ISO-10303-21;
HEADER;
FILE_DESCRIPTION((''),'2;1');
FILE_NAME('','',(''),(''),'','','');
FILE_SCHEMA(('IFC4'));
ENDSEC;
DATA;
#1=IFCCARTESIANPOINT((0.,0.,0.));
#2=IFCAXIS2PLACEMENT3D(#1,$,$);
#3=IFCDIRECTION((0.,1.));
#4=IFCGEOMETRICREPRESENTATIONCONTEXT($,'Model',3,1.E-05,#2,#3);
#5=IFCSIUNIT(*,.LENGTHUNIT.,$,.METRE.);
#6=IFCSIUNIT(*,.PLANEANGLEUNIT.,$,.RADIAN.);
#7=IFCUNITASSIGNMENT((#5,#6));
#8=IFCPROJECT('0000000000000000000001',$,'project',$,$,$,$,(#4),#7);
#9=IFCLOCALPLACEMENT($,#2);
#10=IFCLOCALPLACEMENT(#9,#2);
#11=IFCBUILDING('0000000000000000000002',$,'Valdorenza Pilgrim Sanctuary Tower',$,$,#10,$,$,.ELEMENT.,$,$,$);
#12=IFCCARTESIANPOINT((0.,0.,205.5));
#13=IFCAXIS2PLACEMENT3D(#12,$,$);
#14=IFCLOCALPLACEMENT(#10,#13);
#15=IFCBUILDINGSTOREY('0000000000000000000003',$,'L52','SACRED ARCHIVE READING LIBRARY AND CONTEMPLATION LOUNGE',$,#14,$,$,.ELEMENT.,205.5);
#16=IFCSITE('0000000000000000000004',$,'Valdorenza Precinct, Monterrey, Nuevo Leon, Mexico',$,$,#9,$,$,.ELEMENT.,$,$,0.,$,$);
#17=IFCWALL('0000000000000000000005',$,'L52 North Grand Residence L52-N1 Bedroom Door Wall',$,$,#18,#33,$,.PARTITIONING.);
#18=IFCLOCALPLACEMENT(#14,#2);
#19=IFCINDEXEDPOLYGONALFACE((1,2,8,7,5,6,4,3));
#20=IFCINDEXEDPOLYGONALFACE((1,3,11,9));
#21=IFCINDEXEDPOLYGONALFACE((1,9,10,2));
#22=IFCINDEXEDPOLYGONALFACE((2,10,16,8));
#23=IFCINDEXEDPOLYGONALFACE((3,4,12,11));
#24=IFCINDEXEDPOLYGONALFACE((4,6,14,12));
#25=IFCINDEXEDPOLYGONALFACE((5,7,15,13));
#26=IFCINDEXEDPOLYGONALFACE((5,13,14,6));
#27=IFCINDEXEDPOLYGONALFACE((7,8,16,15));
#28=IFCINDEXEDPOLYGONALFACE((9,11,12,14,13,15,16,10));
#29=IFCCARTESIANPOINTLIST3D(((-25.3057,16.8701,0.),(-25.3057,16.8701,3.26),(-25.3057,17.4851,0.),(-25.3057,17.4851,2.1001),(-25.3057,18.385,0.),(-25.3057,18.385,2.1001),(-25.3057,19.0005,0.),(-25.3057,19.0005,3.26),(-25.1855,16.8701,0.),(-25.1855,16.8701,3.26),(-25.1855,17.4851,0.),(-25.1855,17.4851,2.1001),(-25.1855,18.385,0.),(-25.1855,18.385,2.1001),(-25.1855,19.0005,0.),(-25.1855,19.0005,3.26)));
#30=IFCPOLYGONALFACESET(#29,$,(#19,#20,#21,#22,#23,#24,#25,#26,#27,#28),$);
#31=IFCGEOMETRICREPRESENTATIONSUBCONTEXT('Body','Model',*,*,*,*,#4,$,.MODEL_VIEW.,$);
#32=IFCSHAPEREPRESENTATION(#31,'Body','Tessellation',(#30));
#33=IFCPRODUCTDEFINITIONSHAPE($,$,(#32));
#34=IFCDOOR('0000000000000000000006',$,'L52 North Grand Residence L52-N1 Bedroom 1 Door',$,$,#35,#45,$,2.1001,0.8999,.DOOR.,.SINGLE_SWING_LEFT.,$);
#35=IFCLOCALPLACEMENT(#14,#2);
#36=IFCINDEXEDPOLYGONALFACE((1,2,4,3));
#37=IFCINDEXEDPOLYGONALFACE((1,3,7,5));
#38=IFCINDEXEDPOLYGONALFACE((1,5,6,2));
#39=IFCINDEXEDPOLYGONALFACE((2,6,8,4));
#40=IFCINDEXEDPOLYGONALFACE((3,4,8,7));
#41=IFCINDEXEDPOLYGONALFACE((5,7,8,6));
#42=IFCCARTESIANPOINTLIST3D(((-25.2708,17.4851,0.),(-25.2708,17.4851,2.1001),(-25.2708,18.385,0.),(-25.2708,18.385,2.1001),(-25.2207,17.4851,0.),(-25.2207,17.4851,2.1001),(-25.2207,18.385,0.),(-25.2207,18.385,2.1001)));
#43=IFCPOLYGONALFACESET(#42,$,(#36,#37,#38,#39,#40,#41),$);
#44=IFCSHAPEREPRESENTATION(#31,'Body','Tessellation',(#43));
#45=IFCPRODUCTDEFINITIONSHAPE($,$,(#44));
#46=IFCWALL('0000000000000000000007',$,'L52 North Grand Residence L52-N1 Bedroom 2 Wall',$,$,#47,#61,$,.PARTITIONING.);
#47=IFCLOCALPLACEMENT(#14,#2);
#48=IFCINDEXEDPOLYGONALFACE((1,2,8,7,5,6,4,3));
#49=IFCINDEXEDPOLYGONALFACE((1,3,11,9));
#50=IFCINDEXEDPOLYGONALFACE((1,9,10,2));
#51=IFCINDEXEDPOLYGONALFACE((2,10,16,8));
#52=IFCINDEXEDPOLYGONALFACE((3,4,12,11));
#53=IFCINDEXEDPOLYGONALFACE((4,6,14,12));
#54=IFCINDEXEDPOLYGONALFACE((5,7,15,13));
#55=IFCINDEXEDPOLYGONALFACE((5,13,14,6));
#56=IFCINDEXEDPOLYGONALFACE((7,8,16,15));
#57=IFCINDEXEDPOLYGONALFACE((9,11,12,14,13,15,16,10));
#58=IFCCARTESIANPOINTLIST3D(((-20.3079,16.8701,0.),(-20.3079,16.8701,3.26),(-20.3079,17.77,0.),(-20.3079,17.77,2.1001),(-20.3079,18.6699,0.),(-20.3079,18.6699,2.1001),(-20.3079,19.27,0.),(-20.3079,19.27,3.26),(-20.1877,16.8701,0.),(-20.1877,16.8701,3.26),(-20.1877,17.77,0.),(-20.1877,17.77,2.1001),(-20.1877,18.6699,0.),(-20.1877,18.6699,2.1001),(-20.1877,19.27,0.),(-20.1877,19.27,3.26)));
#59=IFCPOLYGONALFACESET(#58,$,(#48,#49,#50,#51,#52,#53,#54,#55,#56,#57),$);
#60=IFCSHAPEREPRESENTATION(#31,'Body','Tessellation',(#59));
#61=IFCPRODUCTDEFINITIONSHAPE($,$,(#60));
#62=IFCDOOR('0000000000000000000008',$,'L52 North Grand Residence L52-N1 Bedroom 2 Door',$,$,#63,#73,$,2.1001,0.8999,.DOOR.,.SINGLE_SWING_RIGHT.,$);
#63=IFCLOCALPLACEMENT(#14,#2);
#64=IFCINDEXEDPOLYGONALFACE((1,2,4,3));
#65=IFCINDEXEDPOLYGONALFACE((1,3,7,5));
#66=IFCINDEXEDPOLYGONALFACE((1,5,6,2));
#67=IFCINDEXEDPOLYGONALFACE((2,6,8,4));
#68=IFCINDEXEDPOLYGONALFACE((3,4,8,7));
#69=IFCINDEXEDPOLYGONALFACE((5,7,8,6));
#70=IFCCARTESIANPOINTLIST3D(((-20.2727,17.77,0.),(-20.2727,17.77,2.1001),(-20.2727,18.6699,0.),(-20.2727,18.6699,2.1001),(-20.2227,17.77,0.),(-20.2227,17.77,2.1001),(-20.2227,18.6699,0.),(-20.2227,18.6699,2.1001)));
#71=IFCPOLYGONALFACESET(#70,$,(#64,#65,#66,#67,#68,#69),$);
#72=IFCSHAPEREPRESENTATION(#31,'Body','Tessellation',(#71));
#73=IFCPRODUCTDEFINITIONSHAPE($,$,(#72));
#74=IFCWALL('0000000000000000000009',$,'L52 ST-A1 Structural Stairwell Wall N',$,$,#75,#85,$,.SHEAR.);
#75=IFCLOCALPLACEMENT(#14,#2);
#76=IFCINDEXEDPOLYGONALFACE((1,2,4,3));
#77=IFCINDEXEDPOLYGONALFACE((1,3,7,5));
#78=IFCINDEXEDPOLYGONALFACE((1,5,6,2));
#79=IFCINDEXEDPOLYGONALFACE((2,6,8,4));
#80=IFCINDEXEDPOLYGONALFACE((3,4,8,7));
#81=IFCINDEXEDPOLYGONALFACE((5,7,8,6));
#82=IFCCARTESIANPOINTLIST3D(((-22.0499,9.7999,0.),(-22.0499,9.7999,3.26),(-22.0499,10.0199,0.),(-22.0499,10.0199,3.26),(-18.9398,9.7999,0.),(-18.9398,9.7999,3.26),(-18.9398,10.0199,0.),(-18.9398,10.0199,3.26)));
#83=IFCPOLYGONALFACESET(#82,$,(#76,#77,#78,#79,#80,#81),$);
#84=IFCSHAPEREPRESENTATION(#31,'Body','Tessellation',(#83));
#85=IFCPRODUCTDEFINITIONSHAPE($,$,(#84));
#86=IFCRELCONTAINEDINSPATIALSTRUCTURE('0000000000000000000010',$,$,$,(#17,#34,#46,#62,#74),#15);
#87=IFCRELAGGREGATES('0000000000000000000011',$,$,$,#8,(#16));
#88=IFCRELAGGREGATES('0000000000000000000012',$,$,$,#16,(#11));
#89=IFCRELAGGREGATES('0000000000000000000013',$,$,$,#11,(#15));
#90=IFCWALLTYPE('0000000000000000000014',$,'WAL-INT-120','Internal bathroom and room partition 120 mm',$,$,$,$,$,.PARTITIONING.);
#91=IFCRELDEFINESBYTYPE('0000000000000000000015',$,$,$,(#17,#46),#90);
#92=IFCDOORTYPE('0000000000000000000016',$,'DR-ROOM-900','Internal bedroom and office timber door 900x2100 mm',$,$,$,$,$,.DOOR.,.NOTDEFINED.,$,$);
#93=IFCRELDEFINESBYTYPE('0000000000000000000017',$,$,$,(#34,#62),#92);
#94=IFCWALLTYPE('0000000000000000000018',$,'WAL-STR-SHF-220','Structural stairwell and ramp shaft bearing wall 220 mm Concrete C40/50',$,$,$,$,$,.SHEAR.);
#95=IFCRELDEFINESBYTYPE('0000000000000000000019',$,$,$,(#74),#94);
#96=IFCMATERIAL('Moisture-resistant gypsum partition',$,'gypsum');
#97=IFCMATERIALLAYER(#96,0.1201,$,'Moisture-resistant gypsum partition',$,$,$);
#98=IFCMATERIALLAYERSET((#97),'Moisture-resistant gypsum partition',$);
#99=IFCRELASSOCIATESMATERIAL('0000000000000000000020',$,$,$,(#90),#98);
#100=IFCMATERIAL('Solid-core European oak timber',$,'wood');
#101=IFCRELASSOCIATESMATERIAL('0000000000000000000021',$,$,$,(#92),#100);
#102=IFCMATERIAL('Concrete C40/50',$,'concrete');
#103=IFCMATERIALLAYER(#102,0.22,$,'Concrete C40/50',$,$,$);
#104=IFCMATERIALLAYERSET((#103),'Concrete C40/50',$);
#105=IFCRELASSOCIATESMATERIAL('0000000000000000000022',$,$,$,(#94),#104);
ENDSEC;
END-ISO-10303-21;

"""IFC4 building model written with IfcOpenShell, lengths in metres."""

from ifc_helpers import new_model, si_unit, direction, frame, frame_2d, origin, place, context, subcontext, project, spatial, rectangle, extrude, material, layer, layer_set, type_object, element, fill, save


model = new_model("IFC4")

# Units and contexts
model_context = context("Model", 3, precision=1e-05, world=origin(), true_north=direction((0.0, 1.0)))
body_context = subcontext(model_context, "Body", "Model", "MODEL_VIEW")
ifc_project = project(units=[si_unit("LENGTHUNIT", "METRE"), si_unit("PLANEANGLEUNIT", "RADIAN")], contexts=[model_context])

# Site, building, storey
site_placement = place(None, origin())
site = spatial("IfcSite", under=ifc_project, at=site_placement, Name="Valdorenza Precinct, Monterrey, Nuevo Leon, Mexico", CompositionType="ELEMENT", RefElevation=0.0)
building_placement = place(site_placement, origin())
building = spatial("IfcBuilding", under=site, at=building_placement, Name="Valdorenza Pilgrim Sanctuary Tower", CompositionType="ELEMENT")
storey_placement = place(building_placement, frame((0.0, 0.0, 205.5)))
storey = spatial("IfcBuildingStorey", under=building, at=storey_placement, Name="L52", Description="SACRED ARCHIVE READING LIBRARY AND CONTEMPLATION LOUNGE", CompositionType="ELEMENT", Elevation=205.5)

# Shared definitions
ifc_material_1 = material(Name="Moisture-resistant gypsum partition", Category="gypsum")
ifc_layer_1 = layer(ifc_material_1, 0.1201, Name="Moisture-resistant gypsum partition")
ifc_layer_set_1 = layer_set([ifc_layer_1], Name="Moisture-resistant gypsum partition")
wall_type_1 = type_object("IfcWallType", Name="WAL-INT-120", Description="Internal bathroom and room partition 120 mm", PredefinedType="PARTITIONING", material=ifc_layer_set_1)

# Walls, openings, doors
ifc_material_2 = material(Name="Solid-core European oak timber", Category="wood")
door_type_1 = type_object("IfcDoorType", Name="DR-ROOM-900", Description="Internal bedroom and office timber door 900x2100 mm", OperationType="NOTDEFINED", PredefinedType="DOOR", material=ifc_material_2)
wall_1_placement = place(storey_placement, frame((-25.2456, 16.8701, 0.0), z_axis=(0.0, 0.0, 1.0), x_axis=(0.0, 1.0, 0.0)))
wall_1 = element("IfcWall", 1, at=wall_1_placement, inside=storey, type_object=wall_type_1, Name="L52 North Grand Residence L52-N1 Bedroom Door Wall", PredefinedType="PARTITIONING", context=body_context, shape_type="SweptSolid", body=[
    extrude(rectangle(XDim=2.1304, YDim=0.1201, at=frame_2d((1.0652, 0.0))), origin(), (0.0, 0.0, 1.0), 3.26),
])
opening_1_placement = place(wall_1_placement, frame((0.615, 0.0, 0.0)))
opening_1 = element("IfcOpeningElement", 2, at=opening_1_placement, cuts=wall_1, PredefinedType="OPENING", context=body_context, shape_type="SweptSolid", body=[
    extrude(rectangle(XDim=0.8999, YDim=2.1001, at=frame_2d((0.45, 1.05))), frame((0.0, 0.075, 0.0), z_axis=(0.0, -1.0, 0.0), x_axis=(1.0, 0.0, 0.0)), (0.0, 0.0, 1.0), 0.1499),
])
door_1_placement = place(opening_1_placement, frame((0.8999, 0.0, 0.0), z_axis=(0.0, 0.0, 1.0), x_axis=(-1.0, 0.0, 0.0)))
door_1 = element("IfcDoor", 3, at=door_1_placement, inside=storey, type_object=door_type_1, Name="L52 North Grand Residence L52-N1 Bedroom 1 Door", OperationType="SINGLE_SWING_LEFT", OverallHeight=2.1001, OverallWidth=0.8999, PredefinedType="DOOR", context=body_context, shape_type="SweptSolid", body=[
    extrude(rectangle(XDim=0.8999, YDim=2.1001, at=frame_2d((0.45, 1.05))), frame((0.0, 0.0249, 0.0), z_axis=(0.0, -1.0, 0.0), x_axis=(1.0, 0.0, 0.0)), (0.0, 0.0, 1.0), 0.05),
])
fill(opening_1, door_1)
wall_2_placement = place(storey_placement, frame((-20.2478, 16.8701, 0.0), z_axis=(0.0, 0.0, 1.0), x_axis=(0.0, 1.0, 0.0)))
wall_2 = element("IfcWall", 4, at=wall_2_placement, inside=storey, type_object=wall_type_1, Name="L52 North Grand Residence L52-N1 Bedroom 2 Wall", PredefinedType="PARTITIONING", context=body_context, shape_type="SweptSolid", body=[
    extrude(rectangle(XDim=2.3999, YDim=0.1201, at=frame_2d((1.2, 0.0))), origin(), (0.0, 0.0, 1.0), 3.26),
])
opening_2_placement = place(wall_2_placement, frame((0.8999, 0.0, 0.0)))
opening_2 = element("IfcOpeningElement", 5, at=opening_2_placement, cuts=wall_2, PredefinedType="OPENING", context=body_context, shape_type="SweptSolid", body=[
    extrude(rectangle(XDim=0.8999, YDim=2.1001, at=frame_2d((0.45, 1.05))), frame((0.0, 0.075, 0.0), z_axis=(0.0, -1.0, 0.0), x_axis=(1.0, 0.0, 0.0)), (0.0, 0.0, 1.0), 0.1499),
])
door_2_placement = place(opening_2_placement, origin())
door_2 = element("IfcDoor", 6, at=door_2_placement, inside=storey, type_object=door_type_1, Name="L52 North Grand Residence L52-N1 Bedroom 2 Door", OperationType="SINGLE_SWING_RIGHT", OverallHeight=2.1001, OverallWidth=0.8999, PredefinedType="DOOR", context=body_context, shape_type="SweptSolid", body=[
    extrude(rectangle(XDim=0.8999, YDim=2.1001, at=frame_2d((0.45, 1.05))), frame((0.0, 0.0249, 0.0), z_axis=(0.0, -1.0, 0.0), x_axis=(1.0, 0.0, 0.0)), (0.0, 0.0, 1.0), 0.05),
])
fill(opening_2, door_2)

# Wall
ifc_material_3 = material(Name="Concrete C40/50", Category="concrete")
ifc_layer_2 = layer(ifc_material_3, 0.22, Name="Concrete C40/50")
ifc_layer_set_2 = layer_set([ifc_layer_2], Name="Concrete C40/50")
wall_type_2 = type_object("IfcWallType", Name="WAL-STR-SHF-220", Description="Structural stairwell and ramp shaft bearing wall 220 mm Concrete C40/50", PredefinedType="SHEAR", material=ifc_layer_set_2)
wall_3_placement = place(storey_placement, frame((-22.05, 9.9099, 0.0), z_axis=(0.0, 0.0, 1.0), x_axis=(1.0, 0.0, 0.0)))
element("IfcWall", 7, at=wall_3_placement, inside=storey, type_object=wall_type_2, Name="L52 ST-A1 Structural Stairwell Wall N", PredefinedType="SHEAR", context=body_context, shape_type="SweptSolid", body=[
    extrude(rectangle(XDim=3.1101, YDim=0.22, at=frame_2d((1.5552, 0.0))), origin(), (0.0, 0.0, 1.0), 3.26),
])

save(model, "model.ifc")
